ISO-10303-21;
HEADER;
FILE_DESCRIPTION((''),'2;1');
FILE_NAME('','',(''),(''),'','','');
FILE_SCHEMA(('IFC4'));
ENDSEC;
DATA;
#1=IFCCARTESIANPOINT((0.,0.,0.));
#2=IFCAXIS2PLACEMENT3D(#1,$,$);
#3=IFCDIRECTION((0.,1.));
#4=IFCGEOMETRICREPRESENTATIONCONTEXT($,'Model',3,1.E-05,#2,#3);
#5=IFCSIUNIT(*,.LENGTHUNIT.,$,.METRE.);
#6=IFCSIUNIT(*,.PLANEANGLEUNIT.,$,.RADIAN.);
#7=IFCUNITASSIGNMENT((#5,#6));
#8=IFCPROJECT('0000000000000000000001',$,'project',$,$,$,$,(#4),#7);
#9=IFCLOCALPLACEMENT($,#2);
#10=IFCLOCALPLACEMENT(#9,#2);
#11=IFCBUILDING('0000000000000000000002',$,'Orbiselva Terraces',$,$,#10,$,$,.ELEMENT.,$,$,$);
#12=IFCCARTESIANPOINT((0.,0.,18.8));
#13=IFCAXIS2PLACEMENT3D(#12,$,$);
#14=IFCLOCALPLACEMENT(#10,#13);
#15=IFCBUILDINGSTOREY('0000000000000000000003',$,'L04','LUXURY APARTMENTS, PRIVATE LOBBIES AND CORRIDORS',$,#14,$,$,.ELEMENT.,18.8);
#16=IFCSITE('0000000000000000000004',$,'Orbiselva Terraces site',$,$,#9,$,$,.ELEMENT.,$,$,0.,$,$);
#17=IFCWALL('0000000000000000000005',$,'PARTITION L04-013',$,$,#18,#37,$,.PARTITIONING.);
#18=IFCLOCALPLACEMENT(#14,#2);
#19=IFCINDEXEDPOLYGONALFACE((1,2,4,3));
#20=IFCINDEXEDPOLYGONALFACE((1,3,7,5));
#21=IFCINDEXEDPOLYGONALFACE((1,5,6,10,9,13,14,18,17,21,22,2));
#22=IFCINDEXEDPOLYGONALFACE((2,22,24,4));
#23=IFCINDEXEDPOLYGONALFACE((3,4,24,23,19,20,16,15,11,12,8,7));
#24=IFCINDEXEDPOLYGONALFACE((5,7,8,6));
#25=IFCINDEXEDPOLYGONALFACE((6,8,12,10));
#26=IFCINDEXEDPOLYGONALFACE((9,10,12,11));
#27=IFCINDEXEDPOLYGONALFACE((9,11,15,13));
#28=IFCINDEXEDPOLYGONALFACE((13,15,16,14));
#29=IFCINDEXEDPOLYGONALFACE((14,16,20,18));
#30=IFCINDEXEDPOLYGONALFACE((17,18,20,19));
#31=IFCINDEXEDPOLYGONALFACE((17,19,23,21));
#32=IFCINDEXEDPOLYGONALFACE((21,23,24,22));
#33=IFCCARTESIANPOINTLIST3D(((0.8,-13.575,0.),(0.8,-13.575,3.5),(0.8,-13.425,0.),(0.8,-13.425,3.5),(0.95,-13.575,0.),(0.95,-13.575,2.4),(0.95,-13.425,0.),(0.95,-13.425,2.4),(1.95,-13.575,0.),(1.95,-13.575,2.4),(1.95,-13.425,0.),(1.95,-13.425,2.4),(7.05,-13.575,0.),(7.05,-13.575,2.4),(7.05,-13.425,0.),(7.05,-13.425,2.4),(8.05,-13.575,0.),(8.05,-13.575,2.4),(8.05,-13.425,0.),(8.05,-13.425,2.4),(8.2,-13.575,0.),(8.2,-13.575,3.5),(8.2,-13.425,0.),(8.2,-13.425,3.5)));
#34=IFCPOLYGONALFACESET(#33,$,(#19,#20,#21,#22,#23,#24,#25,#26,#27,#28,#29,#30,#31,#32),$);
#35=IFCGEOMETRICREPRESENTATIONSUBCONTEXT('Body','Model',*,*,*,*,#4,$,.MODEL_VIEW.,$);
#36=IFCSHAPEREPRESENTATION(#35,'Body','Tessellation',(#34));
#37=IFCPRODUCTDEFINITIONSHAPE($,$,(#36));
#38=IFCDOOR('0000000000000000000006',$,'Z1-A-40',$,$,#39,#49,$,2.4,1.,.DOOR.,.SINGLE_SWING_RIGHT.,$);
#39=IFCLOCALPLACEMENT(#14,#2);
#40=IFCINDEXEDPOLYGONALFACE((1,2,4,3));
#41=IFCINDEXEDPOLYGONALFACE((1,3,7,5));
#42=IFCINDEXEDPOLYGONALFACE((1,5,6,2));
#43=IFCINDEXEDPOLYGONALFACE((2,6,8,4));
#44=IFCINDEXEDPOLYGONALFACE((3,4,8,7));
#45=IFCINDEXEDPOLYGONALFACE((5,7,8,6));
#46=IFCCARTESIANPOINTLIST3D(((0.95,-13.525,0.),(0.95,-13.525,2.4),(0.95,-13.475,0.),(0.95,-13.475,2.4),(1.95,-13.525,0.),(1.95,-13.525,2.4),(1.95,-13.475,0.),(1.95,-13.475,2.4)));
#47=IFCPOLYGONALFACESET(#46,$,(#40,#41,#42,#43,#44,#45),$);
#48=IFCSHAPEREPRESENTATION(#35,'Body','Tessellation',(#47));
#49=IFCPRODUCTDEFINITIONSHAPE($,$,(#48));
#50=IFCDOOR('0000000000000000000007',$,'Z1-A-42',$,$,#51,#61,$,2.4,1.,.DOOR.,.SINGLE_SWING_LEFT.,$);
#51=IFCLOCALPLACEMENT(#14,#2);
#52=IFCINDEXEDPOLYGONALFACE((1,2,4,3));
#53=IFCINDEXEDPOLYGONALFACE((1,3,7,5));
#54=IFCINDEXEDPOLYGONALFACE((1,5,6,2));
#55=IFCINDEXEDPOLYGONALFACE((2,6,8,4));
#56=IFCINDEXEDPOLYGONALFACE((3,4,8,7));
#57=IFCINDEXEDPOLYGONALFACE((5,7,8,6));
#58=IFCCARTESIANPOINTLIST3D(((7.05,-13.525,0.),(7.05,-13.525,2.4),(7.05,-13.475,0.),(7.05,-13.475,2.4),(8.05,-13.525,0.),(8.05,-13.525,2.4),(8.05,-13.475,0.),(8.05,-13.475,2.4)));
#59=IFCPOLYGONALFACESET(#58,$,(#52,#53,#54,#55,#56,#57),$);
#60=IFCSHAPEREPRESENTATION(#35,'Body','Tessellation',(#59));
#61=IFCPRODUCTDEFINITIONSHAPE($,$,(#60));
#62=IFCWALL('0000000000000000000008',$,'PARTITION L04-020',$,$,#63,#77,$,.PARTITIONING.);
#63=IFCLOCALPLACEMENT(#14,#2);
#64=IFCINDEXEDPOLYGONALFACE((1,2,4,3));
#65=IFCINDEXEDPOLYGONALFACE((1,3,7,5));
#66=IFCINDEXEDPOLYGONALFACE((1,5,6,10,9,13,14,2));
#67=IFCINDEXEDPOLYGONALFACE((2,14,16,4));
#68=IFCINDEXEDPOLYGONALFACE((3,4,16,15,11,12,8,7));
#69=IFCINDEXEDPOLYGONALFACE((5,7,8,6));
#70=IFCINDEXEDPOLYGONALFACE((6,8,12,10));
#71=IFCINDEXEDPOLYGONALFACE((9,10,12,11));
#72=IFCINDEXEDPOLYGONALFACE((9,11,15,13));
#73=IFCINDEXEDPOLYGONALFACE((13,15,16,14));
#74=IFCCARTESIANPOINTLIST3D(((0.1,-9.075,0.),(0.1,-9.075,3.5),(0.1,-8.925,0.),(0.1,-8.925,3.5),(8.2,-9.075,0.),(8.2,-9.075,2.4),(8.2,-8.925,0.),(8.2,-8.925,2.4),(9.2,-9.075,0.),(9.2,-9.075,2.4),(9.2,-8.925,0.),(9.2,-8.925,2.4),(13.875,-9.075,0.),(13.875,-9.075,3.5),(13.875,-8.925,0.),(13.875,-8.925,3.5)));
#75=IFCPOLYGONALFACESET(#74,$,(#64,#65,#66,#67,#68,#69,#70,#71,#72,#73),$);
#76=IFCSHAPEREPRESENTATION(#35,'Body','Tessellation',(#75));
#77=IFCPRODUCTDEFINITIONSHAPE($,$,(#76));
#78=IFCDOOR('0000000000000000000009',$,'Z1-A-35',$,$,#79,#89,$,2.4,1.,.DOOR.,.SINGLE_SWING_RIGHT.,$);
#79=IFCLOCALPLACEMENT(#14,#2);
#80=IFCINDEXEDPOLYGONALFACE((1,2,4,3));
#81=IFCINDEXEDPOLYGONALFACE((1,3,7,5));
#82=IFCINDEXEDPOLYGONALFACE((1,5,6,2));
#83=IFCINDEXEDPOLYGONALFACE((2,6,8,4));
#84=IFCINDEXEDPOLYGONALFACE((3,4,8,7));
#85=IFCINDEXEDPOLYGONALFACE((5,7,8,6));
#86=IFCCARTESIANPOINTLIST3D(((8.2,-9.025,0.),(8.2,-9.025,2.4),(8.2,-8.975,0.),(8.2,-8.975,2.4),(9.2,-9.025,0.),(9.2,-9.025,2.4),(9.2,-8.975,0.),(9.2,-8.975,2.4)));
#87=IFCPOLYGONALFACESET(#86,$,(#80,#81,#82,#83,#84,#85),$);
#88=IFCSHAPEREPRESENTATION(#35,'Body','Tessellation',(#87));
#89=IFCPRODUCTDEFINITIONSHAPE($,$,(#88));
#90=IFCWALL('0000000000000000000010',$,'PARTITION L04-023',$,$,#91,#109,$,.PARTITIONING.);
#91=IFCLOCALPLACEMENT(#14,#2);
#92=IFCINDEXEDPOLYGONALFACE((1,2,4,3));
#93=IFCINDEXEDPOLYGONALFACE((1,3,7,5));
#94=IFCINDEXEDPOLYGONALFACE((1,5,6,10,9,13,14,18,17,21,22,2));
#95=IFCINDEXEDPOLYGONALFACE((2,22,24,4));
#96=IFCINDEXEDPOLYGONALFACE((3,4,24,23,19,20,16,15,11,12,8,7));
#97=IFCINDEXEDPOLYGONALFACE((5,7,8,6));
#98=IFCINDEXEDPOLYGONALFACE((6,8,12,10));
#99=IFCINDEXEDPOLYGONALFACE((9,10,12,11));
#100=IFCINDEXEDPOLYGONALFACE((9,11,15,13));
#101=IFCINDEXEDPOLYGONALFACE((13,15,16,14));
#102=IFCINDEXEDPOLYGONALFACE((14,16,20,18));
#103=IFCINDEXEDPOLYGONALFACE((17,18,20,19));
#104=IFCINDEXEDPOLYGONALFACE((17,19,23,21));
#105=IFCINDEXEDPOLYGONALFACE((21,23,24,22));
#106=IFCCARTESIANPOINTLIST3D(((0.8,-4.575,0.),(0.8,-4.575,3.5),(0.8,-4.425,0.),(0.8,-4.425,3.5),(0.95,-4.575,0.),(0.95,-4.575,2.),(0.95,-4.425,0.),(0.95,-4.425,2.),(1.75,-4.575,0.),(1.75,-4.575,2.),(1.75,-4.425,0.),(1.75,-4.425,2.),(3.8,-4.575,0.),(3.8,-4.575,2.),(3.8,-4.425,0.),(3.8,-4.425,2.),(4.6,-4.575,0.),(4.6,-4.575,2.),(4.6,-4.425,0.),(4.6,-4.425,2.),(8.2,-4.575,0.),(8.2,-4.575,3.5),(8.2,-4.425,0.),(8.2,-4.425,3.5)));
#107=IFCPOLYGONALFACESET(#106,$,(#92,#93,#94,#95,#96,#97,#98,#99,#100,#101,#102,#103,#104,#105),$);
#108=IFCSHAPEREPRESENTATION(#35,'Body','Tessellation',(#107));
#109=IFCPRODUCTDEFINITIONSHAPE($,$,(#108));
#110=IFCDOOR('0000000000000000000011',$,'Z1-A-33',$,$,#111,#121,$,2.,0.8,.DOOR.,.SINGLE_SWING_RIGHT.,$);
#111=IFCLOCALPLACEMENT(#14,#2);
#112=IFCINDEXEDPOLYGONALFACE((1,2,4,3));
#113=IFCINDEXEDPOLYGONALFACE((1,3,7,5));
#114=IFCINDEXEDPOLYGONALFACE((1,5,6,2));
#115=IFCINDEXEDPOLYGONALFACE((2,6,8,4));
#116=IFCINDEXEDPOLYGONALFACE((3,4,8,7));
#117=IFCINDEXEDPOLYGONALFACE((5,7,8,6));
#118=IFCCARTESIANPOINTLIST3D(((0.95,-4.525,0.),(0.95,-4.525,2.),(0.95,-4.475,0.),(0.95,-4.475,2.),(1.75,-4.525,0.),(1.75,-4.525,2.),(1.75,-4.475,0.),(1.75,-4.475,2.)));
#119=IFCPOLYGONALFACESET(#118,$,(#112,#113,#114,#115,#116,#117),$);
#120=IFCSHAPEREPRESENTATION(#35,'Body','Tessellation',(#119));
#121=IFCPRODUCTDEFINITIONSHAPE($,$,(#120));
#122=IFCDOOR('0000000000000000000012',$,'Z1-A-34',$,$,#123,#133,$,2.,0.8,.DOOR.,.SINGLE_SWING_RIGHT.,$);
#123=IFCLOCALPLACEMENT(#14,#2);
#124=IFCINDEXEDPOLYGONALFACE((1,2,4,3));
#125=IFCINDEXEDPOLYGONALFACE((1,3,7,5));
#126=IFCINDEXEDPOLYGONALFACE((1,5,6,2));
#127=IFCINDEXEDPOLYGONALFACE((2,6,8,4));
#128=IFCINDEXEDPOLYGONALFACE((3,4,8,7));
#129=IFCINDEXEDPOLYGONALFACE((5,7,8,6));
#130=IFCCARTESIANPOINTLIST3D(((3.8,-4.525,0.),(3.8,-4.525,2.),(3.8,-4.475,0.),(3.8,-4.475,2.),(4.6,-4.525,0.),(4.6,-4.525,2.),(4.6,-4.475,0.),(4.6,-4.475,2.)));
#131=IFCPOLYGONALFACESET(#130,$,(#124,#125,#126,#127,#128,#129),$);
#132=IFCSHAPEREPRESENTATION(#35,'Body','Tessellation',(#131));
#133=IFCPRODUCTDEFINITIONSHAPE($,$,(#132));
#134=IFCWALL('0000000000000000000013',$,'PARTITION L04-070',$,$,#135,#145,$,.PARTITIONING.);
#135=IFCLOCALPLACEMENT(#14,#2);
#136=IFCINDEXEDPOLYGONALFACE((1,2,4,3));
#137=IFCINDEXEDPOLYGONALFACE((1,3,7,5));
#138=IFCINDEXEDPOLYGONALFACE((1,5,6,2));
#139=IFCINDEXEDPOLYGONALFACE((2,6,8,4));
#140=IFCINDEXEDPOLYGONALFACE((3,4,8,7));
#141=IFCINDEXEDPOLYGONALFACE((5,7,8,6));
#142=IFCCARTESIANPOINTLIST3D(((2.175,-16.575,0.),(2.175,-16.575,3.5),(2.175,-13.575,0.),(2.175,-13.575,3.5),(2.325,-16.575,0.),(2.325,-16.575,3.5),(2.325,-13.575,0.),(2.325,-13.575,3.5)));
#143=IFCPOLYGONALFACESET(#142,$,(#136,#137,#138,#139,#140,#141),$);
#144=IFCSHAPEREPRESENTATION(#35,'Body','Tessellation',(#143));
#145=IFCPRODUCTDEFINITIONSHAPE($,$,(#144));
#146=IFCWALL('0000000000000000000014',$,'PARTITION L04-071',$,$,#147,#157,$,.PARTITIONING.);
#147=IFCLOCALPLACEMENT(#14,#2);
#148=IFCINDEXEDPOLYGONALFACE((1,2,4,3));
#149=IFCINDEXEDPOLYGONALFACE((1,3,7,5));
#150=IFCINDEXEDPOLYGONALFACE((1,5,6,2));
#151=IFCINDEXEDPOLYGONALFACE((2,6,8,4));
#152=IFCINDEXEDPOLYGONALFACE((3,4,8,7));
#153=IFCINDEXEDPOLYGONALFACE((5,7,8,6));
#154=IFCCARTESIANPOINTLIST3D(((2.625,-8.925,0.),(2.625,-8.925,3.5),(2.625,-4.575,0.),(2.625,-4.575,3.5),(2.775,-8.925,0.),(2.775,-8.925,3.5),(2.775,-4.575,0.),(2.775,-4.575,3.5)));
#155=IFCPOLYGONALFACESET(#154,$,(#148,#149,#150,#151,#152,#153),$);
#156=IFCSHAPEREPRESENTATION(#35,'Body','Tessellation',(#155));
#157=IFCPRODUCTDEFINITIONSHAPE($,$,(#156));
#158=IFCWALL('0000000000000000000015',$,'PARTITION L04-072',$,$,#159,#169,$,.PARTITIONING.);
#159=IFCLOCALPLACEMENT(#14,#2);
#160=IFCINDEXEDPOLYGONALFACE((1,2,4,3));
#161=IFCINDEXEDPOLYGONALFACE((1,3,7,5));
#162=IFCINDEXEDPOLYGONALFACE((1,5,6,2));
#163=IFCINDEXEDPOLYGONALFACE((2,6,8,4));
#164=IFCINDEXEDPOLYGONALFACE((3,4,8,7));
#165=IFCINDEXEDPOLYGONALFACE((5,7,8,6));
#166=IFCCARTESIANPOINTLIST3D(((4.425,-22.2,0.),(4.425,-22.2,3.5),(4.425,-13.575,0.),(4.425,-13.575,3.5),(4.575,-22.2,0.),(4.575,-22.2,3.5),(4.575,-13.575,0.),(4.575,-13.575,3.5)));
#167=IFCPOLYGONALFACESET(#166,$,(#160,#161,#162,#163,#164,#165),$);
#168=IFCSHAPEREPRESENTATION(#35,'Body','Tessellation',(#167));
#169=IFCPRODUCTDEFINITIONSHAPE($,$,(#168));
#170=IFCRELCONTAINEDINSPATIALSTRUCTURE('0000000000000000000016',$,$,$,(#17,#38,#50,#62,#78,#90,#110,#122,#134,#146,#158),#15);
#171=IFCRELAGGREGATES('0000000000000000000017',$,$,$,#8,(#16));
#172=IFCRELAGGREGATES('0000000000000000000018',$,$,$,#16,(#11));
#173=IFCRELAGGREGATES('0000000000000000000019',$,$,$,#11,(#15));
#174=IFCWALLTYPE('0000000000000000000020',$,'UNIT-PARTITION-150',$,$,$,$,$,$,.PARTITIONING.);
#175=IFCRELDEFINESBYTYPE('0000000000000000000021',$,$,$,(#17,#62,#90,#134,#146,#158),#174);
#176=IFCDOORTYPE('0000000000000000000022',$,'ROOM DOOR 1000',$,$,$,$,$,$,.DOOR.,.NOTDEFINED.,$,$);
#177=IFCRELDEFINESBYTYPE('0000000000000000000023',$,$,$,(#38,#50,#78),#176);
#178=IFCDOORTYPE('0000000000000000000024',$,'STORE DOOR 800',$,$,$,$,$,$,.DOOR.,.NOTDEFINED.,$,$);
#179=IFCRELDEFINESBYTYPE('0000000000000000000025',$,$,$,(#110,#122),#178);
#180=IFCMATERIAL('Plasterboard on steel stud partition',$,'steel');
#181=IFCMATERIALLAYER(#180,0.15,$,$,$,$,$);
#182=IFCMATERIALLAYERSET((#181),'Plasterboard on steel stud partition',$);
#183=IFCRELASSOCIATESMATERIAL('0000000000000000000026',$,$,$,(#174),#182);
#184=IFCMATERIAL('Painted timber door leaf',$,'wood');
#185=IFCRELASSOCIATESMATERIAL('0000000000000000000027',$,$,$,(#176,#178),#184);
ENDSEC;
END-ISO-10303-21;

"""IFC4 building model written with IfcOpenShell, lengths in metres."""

from ifc_helpers import new_model, si_unit, direction, frame, frame_2d, origin, place, context, subcontext, project, spatial, rectangle, extrude, material, layer, layer_set, type_object, element, fill, save


model = new_model("IFC4")

# Units and contexts
model_context = context("Model", 3, precision=1e-05, world=origin(), true_north=direction((0.0, 1.0)))
body_context = subcontext(model_context, "Body", "Model", "MODEL_VIEW")
ifc_project = project(units=[si_unit("LENGTHUNIT", "METRE"), si_unit("PLANEANGLEUNIT", "RADIAN")], contexts=[model_context])

# Site, building, storey
site_placement = place(None, origin())
site = spatial("IfcSite", under=ifc_project, at=site_placement, Name="Orbiselva Terraces site", CompositionType="ELEMENT", RefElevation=0.0)
building_placement = place(site_placement, origin())
building = spatial("IfcBuilding", under=site, at=building_placement, Name="Orbiselva Terraces", CompositionType="ELEMENT")
storey_placement = place(building_placement, frame((0.0, 0.0, 18.8)))
storey = spatial("IfcBuildingStorey", under=building, at=storey_placement, Name="L04", Description="LUXURY APARTMENTS, PRIVATE LOBBIES AND CORRIDORS", CompositionType="ELEMENT", Elevation=18.8)

# Shared definitions
ifc_material_1 = material(Name="Plasterboard on steel stud partition", Category="steel")

# Shared definitions
ifc_layer_1 = layer(ifc_material_1, 0.15)
ifc_layer_set_1 = layer_set([ifc_layer_1], Name="Plasterboard on steel stud partition")
wall_type_1 = type_object("IfcWallType", Name="UNIT-PARTITION-150", PredefinedType="PARTITIONING", material=ifc_layer_set_1)
ifc_material_2 = material(Name="Painted timber door leaf", Category="wood")

# Wall, openings, doors
wall_1_placement = place(storey_placement, frame((8.2, -13.5, 0.0), z_axis=(0.0, 0.0, 1.0), x_axis=(-1.0, 0.0, 0.0)))
wall_1 = element("IfcWall", 1, at=wall_1_placement, inside=storey, type_object=wall_type_1, Name="PARTITION L04-013", PredefinedType="PARTITIONING", context=body_context, shape_type="SweptSolid", body=[
    extrude(rectangle(XDim=7.4, YDim=0.15, at=frame_2d((3.7, 0.0))), origin(), (0.0, 0.0, 1.0), 3.5),
])
opening_1_placement = place(wall_1_placement, frame((6.25, 0.0, 0.0)))
opening_1 = element("IfcOpeningElement", 2, at=opening_1_placement, cuts=wall_1, PredefinedType="OPENING", context=body_context, shape_type="SweptSolid", body=[
    extrude(rectangle(XDim=1.0, YDim=2.4, at=frame_2d((0.5, 1.2))), frame((0.0, 0.085, 0.0), z_axis=(0.0, -1.0, 0.0), x_axis=(1.0, 0.0, 0.0)), (0.0, 0.0, 1.0), 0.17),
])
opening_2_placement = place(wall_1_placement, frame((0.15, 0.0, 0.0)))
opening_2 = element("IfcOpeningElement", 3, at=opening_2_placement, cuts=wall_1, PredefinedType="OPENING", context=body_context, shape_type="SweptSolid", body=[
    extrude(rectangle(XDim=1.0, YDim=2.4, at=frame_2d((0.5, 1.2))), frame((0.0, 0.085, 0.0), z_axis=(0.0, -1.0, 0.0), x_axis=(1.0, 0.0, 0.0)), (0.0, 0.0, 1.0), 0.17),
])
door_type_1 = type_object("IfcDoorType", Name="ROOM DOOR 1000", OperationType="NOTDEFINED", PredefinedType="DOOR", material=ifc_material_2)
door_1_placement = place(opening_1_placement, origin())
door_1 = element("IfcDoor", 4, at=door_1_placement, inside=storey, type_object=door_type_1, Name="Z1-A-40", OperationType="SINGLE_SWING_RIGHT", OverallHeight=2.4, OverallWidth=1.0, PredefinedType="DOOR", context=body_context, shape_type="SweptSolid", body=[
    extrude(rectangle(XDim=1.0, YDim=2.4, at=frame_2d((0.5, 1.2))), frame((0.0, 0.025, 0.0), z_axis=(0.0, -1.0, 0.0), x_axis=(1.0, 0.0, 0.0)), (0.0, 0.0, 1.0), 0.05),
])
fill(opening_1, door_1)
door_2_placement = place(opening_2_placement, origin())
door_2 = element("IfcDoor", 5, at=door_2_placement, inside=storey, type_object=door_type_1, Name="Z1-A-42", OperationType="SINGLE_SWING_LEFT", OverallHeight=2.4, OverallWidth=1.0, PredefinedType="DOOR", context=body_context, shape_type="SweptSolid", body=[
    extrude(rectangle(XDim=1.0, YDim=2.4, at=frame_2d((0.5, 1.2))), frame((0.0, 0.025, 0.0), z_axis=(0.0, -1.0, 0.0), x_axis=(1.0, 0.0, 0.0)), (0.0, 0.0, 1.0), 0.05),
])
fill(opening_2, door_2)

# Wall, opening, door
wall_2_placement = place(storey_placement, frame((0.1, -9.0, 0.0), z_axis=(0.0, 0.0, 1.0), x_axis=(1.0, 0.0, 0.0)))
wall_2 = element("IfcWall", 6, at=wall_2_placement, inside=storey, type_object=wall_type_1, Name="PARTITION L04-020", PredefinedType="PARTITIONING", context=body_context, shape_type="SweptSolid", body=[
    extrude(rectangle(XDim=13.775, YDim=0.15, at=frame_2d((6.8875, 0.0))), origin(), (0.0, 0.0, 1.0), 3.5),
])
opening_3_placement = place(wall_2_placement, frame((8.1, 0.0, 0.0)))
opening_3 = element("IfcOpeningElement", 7, at=opening_3_placement, cuts=wall_2, PredefinedType="OPENING", context=body_context, shape_type="SweptSolid", body=[
    extrude(rectangle(XDim=1.0, YDim=2.4, at=frame_2d((0.5, 1.2))), frame((0.0, 0.085, 0.0), z_axis=(0.0, -1.0, 0.0), x_axis=(1.0, 0.0, 0.0)), (0.0, 0.0, 1.0), 0.17),
])
door_3_placement = place(opening_3_placement, origin())
door_3 = element("IfcDoor", 8, at=door_3_placement, inside=storey, type_object=door_type_1, Name="Z1-A-35", OperationType="SINGLE_SWING_RIGHT", OverallHeight=2.4, OverallWidth=1.0, PredefinedType="DOOR", context=body_context, shape_type="SweptSolid", body=[
    extrude(rectangle(XDim=1.0, YDim=2.4, at=frame_2d((0.5, 1.2))), frame((0.0, 0.025, 0.0), z_axis=(0.0, -1.0, 0.0), x_axis=(1.0, 0.0, 0.0)), (0.0, 0.0, 1.0), 0.05),
])
fill(opening_3, door_3)

# Wall, openings, doors
wall_3_placement = place(storey_placement, frame((8.2, -4.5, 0.0), z_axis=(0.0, 0.0, 1.0), x_axis=(-1.0, 0.0, 0.0)))
wall_3 = element("IfcWall", 9, at=wall_3_placement, inside=storey, type_object=wall_type_1, Name="PARTITION L04-023", PredefinedType="PARTITIONING", context=body_context, shape_type="SweptSolid", body=[
    extrude(rectangle(XDim=7.4, YDim=0.15, at=frame_2d((3.7, 0.0))), origin(), (0.0, 0.0, 1.0), 3.5),
])
opening_4_placement = place(wall_3_placement, frame((6.45, 0.0, 0.0)))
opening_4 = element("IfcOpeningElement", 10, at=opening_4_placement, cuts=wall_3, PredefinedType="OPENING", context=body_context, shape_type="SweptSolid", body=[
    extrude(rectangle(XDim=0.8, YDim=2.0, at=frame_2d((0.4, 1.0))), frame((0.0, 0.085, 0.0), z_axis=(0.0, -1.0, 0.0), x_axis=(1.0, 0.0, 0.0)), (0.0, 0.0, 1.0), 0.17),
])
opening_5_placement = place(wall_3_placement, frame((3.6, 0.0, 0.0)))
opening_5 = element("IfcOpeningElement", 11, at=opening_5_placement, cuts=wall_3, PredefinedType="OPENING", context=body_context, shape_type="SweptSolid", body=[
    extrude(rectangle(XDim=0.8, YDim=2.0, at=frame_2d((0.4, 1.0))), frame((0.0, 0.085, 0.0), z_axis=(0.0, -1.0, 0.0), x_axis=(1.0, 0.0, 0.0)), (0.0, 0.0, 1.0), 0.17),
])
door_type_2 = type_object("IfcDoorType", Name="STORE DOOR 800", OperationType="NOTDEFINED", PredefinedType="DOOR", material=ifc_material_2)
door_4_placement = place(opening_4_placement, origin())
door_4 = element("IfcDoor", 12, at=door_4_placement, inside=storey, type_object=door_type_2, Name="Z1-A-33", OperationType="SINGLE_SWING_RIGHT", OverallHeight=2.0, OverallWidth=0.8, PredefinedType="DOOR", context=body_context, shape_type="SweptSolid", body=[
    extrude(rectangle(XDim=0.8, YDim=2.0, at=frame_2d((0.4, 1.0))), frame((0.0, 0.025, 0.0), z_axis=(0.0, -1.0, 0.0), x_axis=(1.0, 0.0, 0.0)), (0.0, 0.0, 1.0), 0.05),
])
fill(opening_4, door_4)
door_5_placement = place(opening_5_placement, origin())
door_5 = element("IfcDoor", 13, at=door_5_placement, inside=storey, type_object=door_type_2, Name="Z1-A-34", OperationType="SINGLE_SWING_RIGHT", OverallHeight=2.0, OverallWidth=0.8, PredefinedType="DOOR", context=body_context, shape_type="SweptSolid", body=[
    extrude(rectangle(XDim=0.8, YDim=2.0, at=frame_2d((0.4, 1.0))), frame((0.0, 0.025, 0.0), z_axis=(0.0, -1.0, 0.0), x_axis=(1.0, 0.0, 0.0)), (0.0, 0.0, 1.0), 0.05),
])
fill(opening_5, door_5)

# Walls
wall_4_placement = place(storey_placement, frame((2.25, -16.575, 0.0), z_axis=(0.0, 0.0, 1.0), x_axis=(0.0, 1.0, 0.0)))
element("IfcWall", 14, at=wall_4_placement, inside=storey, type_object=wall_type_1, Name="PARTITION L04-070", PredefinedType="PARTITIONING", context=body_context, shape_type="SweptSolid", body=[
    extrude(rectangle(XDim=3.0, YDim=0.15, at=frame_2d((1.5, 0.0))), origin(), (0.0, 0.0, 1.0), 3.5),
])
wall_5_placement = place(storey_placement, frame((2.7, -8.925, 0.0), z_axis=(0.0, 0.0, 1.0), x_axis=(0.0, 1.0, 0.0)))
element("IfcWall", 15, at=wall_5_placement, inside=storey, type_object=wall_type_1, Name="PARTITION L04-071", PredefinedType="PARTITIONING", context=body_context, shape_type="SweptSolid", body=[
    extrude(rectangle(XDim=4.35, YDim=0.15, at=frame_2d((2.175, 0.0))), origin(), (0.0, 0.0, 1.0), 3.5),
])
wall_6_placement = place(storey_placement, frame((4.5, -22.2, 0.0), z_axis=(0.0, 0.0, 1.0), x_axis=(0.0, 1.0, 0.0)))
element("IfcWall", 16, at=wall_6_placement, inside=storey, type_object=wall_type_1, Name="PARTITION L04-072", PredefinedType="PARTITIONING", context=body_context, shape_type="SweptSolid", body=[
    extrude(rectangle(XDim=8.625, YDim=0.15, at=frame_2d((4.3125, 0.0))), origin(), (0.0, 0.0, 1.0), 3.5),
])

save(model, "model.ifc")
